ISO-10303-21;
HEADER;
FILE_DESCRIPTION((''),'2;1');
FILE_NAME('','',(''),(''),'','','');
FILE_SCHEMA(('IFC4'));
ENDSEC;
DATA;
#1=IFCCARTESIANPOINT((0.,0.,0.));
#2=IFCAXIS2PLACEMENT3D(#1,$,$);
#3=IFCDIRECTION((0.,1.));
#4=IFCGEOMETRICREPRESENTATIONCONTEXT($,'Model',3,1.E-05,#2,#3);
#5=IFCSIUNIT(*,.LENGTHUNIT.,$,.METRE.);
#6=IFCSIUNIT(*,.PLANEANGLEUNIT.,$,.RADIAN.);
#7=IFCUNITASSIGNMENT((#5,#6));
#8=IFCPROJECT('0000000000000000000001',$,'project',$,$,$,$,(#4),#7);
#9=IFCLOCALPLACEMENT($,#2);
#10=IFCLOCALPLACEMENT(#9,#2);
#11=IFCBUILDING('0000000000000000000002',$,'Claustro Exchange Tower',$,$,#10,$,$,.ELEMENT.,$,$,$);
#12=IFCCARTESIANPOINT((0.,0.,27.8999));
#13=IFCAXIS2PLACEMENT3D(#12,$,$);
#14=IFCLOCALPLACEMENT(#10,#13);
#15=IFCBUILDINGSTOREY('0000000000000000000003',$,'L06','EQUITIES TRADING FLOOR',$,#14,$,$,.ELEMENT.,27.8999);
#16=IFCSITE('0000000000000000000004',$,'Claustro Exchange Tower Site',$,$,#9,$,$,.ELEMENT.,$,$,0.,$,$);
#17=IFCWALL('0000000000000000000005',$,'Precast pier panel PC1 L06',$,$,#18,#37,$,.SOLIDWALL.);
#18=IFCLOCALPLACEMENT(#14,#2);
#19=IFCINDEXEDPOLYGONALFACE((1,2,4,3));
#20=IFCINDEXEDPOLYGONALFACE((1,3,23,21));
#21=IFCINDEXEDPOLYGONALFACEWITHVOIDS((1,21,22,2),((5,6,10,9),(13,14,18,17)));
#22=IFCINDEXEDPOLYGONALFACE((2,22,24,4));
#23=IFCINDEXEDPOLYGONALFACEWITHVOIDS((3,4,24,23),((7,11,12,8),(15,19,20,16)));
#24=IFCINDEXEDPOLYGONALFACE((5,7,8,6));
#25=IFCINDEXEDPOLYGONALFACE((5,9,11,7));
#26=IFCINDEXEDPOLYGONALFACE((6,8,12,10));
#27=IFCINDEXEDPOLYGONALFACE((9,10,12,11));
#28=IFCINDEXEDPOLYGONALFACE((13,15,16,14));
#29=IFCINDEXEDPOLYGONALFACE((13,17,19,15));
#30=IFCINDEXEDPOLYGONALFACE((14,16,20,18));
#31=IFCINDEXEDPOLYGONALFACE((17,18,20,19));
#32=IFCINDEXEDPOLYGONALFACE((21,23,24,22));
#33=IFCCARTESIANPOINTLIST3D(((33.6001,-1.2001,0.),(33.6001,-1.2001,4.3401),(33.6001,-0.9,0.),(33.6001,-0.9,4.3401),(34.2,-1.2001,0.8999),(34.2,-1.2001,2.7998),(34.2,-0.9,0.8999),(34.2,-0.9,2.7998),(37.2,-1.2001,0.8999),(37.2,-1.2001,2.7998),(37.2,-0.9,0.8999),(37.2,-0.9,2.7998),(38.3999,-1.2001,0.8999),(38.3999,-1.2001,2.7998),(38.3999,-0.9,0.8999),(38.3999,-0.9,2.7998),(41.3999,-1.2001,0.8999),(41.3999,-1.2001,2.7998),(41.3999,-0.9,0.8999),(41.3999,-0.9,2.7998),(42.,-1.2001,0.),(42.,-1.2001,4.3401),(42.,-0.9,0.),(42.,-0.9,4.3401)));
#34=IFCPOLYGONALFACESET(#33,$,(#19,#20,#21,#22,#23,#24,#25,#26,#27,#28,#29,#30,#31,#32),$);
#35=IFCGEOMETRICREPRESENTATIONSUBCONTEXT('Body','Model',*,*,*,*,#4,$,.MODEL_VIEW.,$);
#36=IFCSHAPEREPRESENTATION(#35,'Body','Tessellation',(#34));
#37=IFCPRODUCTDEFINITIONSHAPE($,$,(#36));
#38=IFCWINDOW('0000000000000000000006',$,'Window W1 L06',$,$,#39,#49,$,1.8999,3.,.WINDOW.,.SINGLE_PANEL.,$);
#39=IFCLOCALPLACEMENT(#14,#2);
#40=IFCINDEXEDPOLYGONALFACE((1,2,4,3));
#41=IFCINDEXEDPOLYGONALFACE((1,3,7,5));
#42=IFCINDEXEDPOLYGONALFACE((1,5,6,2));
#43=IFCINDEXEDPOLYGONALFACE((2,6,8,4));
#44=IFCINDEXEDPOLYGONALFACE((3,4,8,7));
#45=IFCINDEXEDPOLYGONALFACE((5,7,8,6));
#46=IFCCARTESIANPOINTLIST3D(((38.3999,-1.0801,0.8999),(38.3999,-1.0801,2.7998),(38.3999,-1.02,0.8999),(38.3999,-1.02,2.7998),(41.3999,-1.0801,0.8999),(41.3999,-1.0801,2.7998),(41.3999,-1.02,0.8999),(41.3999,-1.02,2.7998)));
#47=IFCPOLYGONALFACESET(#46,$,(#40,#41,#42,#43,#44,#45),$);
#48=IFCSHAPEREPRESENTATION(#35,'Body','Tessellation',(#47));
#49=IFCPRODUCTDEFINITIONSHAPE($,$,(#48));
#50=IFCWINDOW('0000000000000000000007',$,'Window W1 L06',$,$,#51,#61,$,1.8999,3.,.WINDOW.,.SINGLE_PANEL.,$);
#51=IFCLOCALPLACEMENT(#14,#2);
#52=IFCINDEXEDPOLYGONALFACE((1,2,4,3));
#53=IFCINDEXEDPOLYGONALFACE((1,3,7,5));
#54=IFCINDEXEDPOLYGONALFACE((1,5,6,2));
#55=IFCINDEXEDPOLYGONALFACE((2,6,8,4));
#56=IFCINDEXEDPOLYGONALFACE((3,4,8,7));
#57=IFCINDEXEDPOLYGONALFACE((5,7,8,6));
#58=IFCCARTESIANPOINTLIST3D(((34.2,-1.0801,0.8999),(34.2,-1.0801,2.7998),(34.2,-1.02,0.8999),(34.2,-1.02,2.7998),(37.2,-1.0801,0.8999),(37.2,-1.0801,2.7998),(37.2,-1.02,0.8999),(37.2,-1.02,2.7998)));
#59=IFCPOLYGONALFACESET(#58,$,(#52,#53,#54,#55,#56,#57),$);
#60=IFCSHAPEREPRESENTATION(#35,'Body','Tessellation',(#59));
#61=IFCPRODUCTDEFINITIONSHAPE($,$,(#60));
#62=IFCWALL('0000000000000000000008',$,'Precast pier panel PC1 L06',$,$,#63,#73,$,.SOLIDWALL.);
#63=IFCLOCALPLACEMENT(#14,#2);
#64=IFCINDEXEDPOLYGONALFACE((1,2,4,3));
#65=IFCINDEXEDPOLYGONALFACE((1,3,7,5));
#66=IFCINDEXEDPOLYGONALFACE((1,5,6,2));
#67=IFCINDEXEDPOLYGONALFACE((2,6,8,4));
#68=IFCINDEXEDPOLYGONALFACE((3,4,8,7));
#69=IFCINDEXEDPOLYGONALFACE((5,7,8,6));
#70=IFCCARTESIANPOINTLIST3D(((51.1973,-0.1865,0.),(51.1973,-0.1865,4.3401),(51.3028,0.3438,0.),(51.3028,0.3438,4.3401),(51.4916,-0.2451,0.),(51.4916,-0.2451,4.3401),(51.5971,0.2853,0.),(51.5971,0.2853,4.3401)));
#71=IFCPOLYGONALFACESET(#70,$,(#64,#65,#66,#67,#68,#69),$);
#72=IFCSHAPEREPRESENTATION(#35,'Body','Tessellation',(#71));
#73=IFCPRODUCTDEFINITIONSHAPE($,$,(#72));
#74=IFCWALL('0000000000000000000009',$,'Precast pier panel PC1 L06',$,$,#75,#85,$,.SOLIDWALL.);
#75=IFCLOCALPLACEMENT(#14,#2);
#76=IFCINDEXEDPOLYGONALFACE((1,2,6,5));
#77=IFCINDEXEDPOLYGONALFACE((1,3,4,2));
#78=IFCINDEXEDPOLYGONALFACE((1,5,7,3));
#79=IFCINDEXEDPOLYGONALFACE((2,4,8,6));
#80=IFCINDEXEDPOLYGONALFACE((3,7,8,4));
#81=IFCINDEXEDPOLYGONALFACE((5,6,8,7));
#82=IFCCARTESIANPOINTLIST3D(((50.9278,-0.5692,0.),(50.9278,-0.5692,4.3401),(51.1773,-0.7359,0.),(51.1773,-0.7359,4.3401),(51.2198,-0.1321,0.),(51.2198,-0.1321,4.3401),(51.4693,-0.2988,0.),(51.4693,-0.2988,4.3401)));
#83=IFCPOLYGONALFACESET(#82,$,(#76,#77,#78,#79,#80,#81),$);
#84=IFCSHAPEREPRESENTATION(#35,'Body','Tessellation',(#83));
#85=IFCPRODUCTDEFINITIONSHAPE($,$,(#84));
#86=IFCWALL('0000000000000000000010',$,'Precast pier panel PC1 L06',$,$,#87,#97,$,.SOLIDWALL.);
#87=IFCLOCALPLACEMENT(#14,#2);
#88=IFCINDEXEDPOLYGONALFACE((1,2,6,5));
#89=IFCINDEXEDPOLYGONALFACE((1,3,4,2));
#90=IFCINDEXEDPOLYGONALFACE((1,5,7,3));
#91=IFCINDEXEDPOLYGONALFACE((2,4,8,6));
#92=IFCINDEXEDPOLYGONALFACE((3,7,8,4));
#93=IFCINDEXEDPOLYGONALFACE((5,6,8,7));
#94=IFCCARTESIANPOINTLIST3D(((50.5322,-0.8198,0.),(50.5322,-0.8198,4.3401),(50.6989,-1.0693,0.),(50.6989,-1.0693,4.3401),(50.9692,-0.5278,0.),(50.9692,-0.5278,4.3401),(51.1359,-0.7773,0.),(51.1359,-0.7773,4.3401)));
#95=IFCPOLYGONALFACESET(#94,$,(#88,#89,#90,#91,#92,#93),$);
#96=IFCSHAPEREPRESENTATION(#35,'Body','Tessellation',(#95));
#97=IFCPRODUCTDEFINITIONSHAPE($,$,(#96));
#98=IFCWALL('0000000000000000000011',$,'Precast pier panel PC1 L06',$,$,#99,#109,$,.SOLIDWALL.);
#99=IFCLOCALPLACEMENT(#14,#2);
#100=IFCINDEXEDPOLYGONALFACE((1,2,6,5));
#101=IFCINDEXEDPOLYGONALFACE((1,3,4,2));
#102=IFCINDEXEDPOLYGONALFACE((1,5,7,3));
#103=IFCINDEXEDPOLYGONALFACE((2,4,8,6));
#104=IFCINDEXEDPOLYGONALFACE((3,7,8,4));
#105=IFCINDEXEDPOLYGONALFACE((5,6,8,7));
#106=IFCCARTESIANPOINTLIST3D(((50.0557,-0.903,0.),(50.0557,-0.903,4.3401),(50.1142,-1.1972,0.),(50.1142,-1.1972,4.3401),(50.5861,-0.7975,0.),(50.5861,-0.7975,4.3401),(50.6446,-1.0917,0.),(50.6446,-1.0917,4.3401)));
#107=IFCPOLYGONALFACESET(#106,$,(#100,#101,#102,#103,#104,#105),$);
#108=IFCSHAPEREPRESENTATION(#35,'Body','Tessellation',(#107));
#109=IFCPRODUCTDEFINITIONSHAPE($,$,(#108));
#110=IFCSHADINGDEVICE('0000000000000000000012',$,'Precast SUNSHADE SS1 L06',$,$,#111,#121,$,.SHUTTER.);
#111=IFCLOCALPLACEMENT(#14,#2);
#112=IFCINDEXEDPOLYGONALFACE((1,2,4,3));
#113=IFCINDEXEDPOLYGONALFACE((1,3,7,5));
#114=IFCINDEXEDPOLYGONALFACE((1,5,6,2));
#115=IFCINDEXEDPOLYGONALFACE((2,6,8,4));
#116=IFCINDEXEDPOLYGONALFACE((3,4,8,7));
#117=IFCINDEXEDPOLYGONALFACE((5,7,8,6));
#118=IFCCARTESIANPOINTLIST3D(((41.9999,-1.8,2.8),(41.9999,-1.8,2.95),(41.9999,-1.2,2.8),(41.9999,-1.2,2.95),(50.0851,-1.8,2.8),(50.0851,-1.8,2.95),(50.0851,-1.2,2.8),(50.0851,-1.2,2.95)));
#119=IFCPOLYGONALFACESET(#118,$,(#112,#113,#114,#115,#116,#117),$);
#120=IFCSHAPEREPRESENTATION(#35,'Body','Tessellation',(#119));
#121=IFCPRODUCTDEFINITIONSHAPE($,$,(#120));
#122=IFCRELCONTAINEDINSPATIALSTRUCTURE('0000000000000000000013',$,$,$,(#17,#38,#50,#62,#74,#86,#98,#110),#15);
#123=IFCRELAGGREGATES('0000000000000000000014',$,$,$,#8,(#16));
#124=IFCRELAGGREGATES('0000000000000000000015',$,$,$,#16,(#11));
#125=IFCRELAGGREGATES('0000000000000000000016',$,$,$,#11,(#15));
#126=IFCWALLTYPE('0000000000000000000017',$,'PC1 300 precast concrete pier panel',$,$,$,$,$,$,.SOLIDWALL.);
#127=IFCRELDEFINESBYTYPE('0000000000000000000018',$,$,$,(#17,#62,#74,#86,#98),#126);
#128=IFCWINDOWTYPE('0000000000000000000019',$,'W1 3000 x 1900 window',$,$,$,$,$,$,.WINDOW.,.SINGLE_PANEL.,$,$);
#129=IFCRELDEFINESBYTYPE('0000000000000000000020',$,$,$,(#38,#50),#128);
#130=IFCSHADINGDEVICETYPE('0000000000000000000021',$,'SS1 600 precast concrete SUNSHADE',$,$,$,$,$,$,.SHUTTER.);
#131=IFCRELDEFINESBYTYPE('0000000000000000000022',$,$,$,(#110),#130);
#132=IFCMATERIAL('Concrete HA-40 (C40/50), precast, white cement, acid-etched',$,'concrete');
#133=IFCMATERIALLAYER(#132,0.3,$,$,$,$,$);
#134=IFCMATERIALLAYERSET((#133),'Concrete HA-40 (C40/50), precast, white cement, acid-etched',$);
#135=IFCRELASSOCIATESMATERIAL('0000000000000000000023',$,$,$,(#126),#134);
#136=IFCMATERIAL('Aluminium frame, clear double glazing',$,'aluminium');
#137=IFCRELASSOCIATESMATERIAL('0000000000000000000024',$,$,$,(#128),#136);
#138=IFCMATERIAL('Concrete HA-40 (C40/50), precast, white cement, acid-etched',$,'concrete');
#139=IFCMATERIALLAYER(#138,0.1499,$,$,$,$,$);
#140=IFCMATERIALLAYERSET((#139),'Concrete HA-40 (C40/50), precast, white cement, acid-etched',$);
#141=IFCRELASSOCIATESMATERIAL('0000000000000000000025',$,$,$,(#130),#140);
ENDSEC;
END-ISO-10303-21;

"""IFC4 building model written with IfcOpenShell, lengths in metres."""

from ifc_helpers import new_model, si_unit, direction, frame, frame_2d, origin, origin_2d, place, context, subcontext, project, spatial, rectangle, extrude, material, layer, layer_set, type_object, element, fill, save


model = new_model("IFC4")

# Units and contexts
model_context = context("Model", 3, precision=1e-05, world=origin(), true_north=direction((0.0, 1.0)))
body_context = subcontext(model_context, "Body", "Model", "MODEL_VIEW")
ifc_project = project(units=[si_unit("LENGTHUNIT", "METRE"), si_unit("PLANEANGLEUNIT", "RADIAN")], contexts=[model_context])

# Site, building, storey
site_placement = place(None, origin())
site = spatial("IfcSite", under=ifc_project, at=site_placement, Name="Claustro Exchange Tower Site", CompositionType="ELEMENT", RefElevation=0.0)
building_placement = place(site_placement, origin())
building = spatial("IfcBuilding", under=site, at=building_placement, Name="Claustro Exchange Tower", CompositionType="ELEMENT")
storey_placement = place(building_placement, frame((0.0, 0.0, 27.8999)))
storey = spatial("IfcBuildingStorey", under=building, at=storey_placement, Name="L06", Description="EQUITIES TRADING FLOOR", CompositionType="ELEMENT", Elevation=27.8999)

# Wall, openings, windows
ifc_material_1 = material(Name="Concrete HA-40 (C40/50), precast, white cement, acid-etched", Category="concrete")
ifc_layer_1 = layer(ifc_material_1, 0.3)
ifc_layer_set_1 = layer_set([ifc_layer_1], Name="Concrete HA-40 (C40/50), precast, white cement, acid-etched")
wall_type = type_object("IfcWallType", Name="PC1 300 precast concrete pier panel", PredefinedType="SOLIDWALL", material=ifc_layer_set_1)
ifc_material_2 = material(Name="Aluminium frame, clear double glazing", Category="aluminium")
window_type = type_object("IfcWindowType", Name="W1 3000 x 1900 window", PartitioningType="SINGLE_PANEL", PredefinedType="WINDOW", material=ifc_material_2)
wall_1_placement = place(storey_placement, frame((42.0, -1.05, 0.0), z_axis=(0.0, 0.0, 1.0), x_axis=(-1.0, 0.0, 0.0)))
wall_1 = element("IfcWall", 1, at=wall_1_placement, inside=storey, type_object=wall_type, Name="Precast pier panel PC1 L06", PredefinedType="SOLIDWALL", context=body_context, shape_type="SweptSolid", body=[
    extrude(rectangle(XDim=8.3999, YDim=0.3, at=frame_2d((4.2, 0.0))), origin(), (0.0, 0.0, 1.0), 4.3401),
])
opening_1_placement = place(wall_1_placement, frame((0.6001, 0.0, 0.8999)))
opening_1 = element("IfcOpeningElement", 2, at=opening_1_placement, cuts=wall_1, PredefinedType="OPENING", context=body_context, shape_type="SweptSolid", body=[
    extrude(rectangle(XDim=3.0, YDim=1.8999, at=frame_2d((1.5, 0.95))), frame((0.0, 0.1599, 0.0), z_axis=(0.0, -1.0, 0.0), x_axis=(1.0, 0.0, 0.0)), (0.0, 0.0, 1.0), 0.3201),
])
opening_2_placement = place(wall_1_placement, frame((4.8, 0.0, 0.8999)))
opening_2 = element("IfcOpeningElement", 3, at=opening_2_placement, cuts=wall_1, PredefinedType="OPENING", context=body_context, shape_type="SweptSolid", body=[
    extrude(rectangle(XDim=3.0, YDim=1.8999, at=frame_2d((1.5, 0.95))), frame((0.0, 0.1599, 0.0), z_axis=(0.0, -1.0, 0.0), x_axis=(1.0, 0.0, 0.0)), (0.0, 0.0, 1.0), 0.3201),
])
window_1_placement = place(opening_1_placement, origin())
window_1 = element("IfcWindow", 4, at=window_1_placement, inside=storey, type_object=window_type, Name="Window W1 L06", OverallHeight=1.8999, OverallWidth=3.0, PartitioningType="SINGLE_PANEL", PredefinedType="WINDOW", context=body_context, shape_type="SweptSolid", body=[
    extrude(rectangle(XDim=3.0, YDim=1.8999, at=frame_2d((1.5, 0.95))), frame((0.0, 0.03, 0.0), z_axis=(0.0, -1.0, 0.0), x_axis=(1.0, 0.0, 0.0)), (0.0, 0.0, 1.0), 0.0601),
])
fill(opening_1, window_1)
window_2_placement = place(opening_2_placement, origin())
window_2 = element("IfcWindow", 5, at=window_2_placement, inside=storey, type_object=window_type, Name="Window W1 L06", OverallHeight=1.8999, OverallWidth=3.0, PartitioningType="SINGLE_PANEL", PredefinedType="WINDOW", context=body_context, shape_type="SweptSolid", body=[
    extrude(rectangle(XDim=3.0, YDim=1.8999, at=frame_2d((1.5, 0.95))), frame((0.0, 0.03, 0.0), z_axis=(0.0, -1.0, 0.0), x_axis=(1.0, 0.0, 0.0)), (0.0, 0.0, 1.0), 0.0601),
])
fill(opening_2, window_2)

# Walls
wall_2_placement = place(storey_placement, frame((51.45, 0.3147, 0.0), z_axis=(0.0, 0.0, 1.0), x_axis=(-0.195074, -0.980789, 0.0)))
element("IfcWall", 6, at=wall_2_placement, inside=storey, type_object=wall_type, Name="Precast pier panel PC1 L06", PredefinedType="SOLIDWALL", context=body_context, shape_type="SweptSolid", body=[
    extrude(rectangle(XDim=0.5408, YDim=0.3, at=frame_2d((0.2705, 0.0))), origin(), (0.0, 0.0, 1.0), 4.3401),
])
for number, where, z_axis, x_axis, name in (
    (7, (51.3445, -0.2156, 0.0), (0.0, 0.0, 1.0), (-0.555557, -0.831478, 0.0), "Precast pier panel PC1 L06"),
    (8, (51.0525, -0.6526, 0.0), (0.0, 0.0, 1.0), (-0.831478, -0.555557, 0.0), "Precast pier panel PC1 L06"),
):
    element("IfcWall", number, at=place(storey_placement, frame(where, z_axis=z_axis, x_axis=x_axis)), inside=storey, type_object=wall_type, Name=name, PredefinedType="SOLIDWALL", context=body_context, shape_type="SweptSolid", body=[
        extrude(rectangle(XDim=0.5256, YDim=0.3, at=frame_2d((0.2627, 0.0))), origin(), (0.0, 0.0, 1.0), 4.3401),
    ])
wall_3_placement = place(storey_placement, frame((50.6155, -0.9446, 0.0), z_axis=(0.0, 0.0, 1.0), x_axis=(-0.980789, -0.195074, 0.0)))
element("IfcWall", 9, at=wall_3_placement, inside=storey, type_object=wall_type, Name="Precast pier panel PC1 L06", PredefinedType="SOLIDWALL", context=body_context, shape_type="SweptSolid", body=[
    extrude(rectangle(XDim=0.5408, YDim=0.3, at=frame_2d((0.2705, 0.0))), origin(), (0.0, 0.0, 1.0), 4.3401),
])

# Shading device
ifc_material_3 = material(Name="Concrete HA-40 (C40/50), precast, white cement, acid-etched", Category="concrete")
ifc_layer_2 = layer(ifc_material_3, 0.1499)
ifc_layer_set_2 = layer_set([ifc_layer_2], Name="Concrete HA-40 (C40/50), precast, white cement, acid-etched")
shading_device_type = type_object("IfcShadingDeviceType", Name="SS1 600 precast concrete SUNSHADE", PredefinedType="SHUTTER", material=ifc_layer_set_2)
shading_device_placement = place(storey_placement, frame((46.0425, -1.5, 2.8), z_axis=(0.0, 0.0, 1.0), x_axis=(-1.0, 0.0, 0.0)))
element("IfcShadingDevice", 10, at=shading_device_placement, inside=storey, type_object=shading_device_type, Name="Precast SUNSHADE SS1 L06", PredefinedType="SHUTTER", context=body_context, shape_type="SweptSolid", body=[
    extrude(rectangle(XDim=8.0852, YDim=0.6001, at=origin_2d()), origin(), (0.0, 0.0, 1.0), 0.1499),
])

save(model, "model.ifc")
